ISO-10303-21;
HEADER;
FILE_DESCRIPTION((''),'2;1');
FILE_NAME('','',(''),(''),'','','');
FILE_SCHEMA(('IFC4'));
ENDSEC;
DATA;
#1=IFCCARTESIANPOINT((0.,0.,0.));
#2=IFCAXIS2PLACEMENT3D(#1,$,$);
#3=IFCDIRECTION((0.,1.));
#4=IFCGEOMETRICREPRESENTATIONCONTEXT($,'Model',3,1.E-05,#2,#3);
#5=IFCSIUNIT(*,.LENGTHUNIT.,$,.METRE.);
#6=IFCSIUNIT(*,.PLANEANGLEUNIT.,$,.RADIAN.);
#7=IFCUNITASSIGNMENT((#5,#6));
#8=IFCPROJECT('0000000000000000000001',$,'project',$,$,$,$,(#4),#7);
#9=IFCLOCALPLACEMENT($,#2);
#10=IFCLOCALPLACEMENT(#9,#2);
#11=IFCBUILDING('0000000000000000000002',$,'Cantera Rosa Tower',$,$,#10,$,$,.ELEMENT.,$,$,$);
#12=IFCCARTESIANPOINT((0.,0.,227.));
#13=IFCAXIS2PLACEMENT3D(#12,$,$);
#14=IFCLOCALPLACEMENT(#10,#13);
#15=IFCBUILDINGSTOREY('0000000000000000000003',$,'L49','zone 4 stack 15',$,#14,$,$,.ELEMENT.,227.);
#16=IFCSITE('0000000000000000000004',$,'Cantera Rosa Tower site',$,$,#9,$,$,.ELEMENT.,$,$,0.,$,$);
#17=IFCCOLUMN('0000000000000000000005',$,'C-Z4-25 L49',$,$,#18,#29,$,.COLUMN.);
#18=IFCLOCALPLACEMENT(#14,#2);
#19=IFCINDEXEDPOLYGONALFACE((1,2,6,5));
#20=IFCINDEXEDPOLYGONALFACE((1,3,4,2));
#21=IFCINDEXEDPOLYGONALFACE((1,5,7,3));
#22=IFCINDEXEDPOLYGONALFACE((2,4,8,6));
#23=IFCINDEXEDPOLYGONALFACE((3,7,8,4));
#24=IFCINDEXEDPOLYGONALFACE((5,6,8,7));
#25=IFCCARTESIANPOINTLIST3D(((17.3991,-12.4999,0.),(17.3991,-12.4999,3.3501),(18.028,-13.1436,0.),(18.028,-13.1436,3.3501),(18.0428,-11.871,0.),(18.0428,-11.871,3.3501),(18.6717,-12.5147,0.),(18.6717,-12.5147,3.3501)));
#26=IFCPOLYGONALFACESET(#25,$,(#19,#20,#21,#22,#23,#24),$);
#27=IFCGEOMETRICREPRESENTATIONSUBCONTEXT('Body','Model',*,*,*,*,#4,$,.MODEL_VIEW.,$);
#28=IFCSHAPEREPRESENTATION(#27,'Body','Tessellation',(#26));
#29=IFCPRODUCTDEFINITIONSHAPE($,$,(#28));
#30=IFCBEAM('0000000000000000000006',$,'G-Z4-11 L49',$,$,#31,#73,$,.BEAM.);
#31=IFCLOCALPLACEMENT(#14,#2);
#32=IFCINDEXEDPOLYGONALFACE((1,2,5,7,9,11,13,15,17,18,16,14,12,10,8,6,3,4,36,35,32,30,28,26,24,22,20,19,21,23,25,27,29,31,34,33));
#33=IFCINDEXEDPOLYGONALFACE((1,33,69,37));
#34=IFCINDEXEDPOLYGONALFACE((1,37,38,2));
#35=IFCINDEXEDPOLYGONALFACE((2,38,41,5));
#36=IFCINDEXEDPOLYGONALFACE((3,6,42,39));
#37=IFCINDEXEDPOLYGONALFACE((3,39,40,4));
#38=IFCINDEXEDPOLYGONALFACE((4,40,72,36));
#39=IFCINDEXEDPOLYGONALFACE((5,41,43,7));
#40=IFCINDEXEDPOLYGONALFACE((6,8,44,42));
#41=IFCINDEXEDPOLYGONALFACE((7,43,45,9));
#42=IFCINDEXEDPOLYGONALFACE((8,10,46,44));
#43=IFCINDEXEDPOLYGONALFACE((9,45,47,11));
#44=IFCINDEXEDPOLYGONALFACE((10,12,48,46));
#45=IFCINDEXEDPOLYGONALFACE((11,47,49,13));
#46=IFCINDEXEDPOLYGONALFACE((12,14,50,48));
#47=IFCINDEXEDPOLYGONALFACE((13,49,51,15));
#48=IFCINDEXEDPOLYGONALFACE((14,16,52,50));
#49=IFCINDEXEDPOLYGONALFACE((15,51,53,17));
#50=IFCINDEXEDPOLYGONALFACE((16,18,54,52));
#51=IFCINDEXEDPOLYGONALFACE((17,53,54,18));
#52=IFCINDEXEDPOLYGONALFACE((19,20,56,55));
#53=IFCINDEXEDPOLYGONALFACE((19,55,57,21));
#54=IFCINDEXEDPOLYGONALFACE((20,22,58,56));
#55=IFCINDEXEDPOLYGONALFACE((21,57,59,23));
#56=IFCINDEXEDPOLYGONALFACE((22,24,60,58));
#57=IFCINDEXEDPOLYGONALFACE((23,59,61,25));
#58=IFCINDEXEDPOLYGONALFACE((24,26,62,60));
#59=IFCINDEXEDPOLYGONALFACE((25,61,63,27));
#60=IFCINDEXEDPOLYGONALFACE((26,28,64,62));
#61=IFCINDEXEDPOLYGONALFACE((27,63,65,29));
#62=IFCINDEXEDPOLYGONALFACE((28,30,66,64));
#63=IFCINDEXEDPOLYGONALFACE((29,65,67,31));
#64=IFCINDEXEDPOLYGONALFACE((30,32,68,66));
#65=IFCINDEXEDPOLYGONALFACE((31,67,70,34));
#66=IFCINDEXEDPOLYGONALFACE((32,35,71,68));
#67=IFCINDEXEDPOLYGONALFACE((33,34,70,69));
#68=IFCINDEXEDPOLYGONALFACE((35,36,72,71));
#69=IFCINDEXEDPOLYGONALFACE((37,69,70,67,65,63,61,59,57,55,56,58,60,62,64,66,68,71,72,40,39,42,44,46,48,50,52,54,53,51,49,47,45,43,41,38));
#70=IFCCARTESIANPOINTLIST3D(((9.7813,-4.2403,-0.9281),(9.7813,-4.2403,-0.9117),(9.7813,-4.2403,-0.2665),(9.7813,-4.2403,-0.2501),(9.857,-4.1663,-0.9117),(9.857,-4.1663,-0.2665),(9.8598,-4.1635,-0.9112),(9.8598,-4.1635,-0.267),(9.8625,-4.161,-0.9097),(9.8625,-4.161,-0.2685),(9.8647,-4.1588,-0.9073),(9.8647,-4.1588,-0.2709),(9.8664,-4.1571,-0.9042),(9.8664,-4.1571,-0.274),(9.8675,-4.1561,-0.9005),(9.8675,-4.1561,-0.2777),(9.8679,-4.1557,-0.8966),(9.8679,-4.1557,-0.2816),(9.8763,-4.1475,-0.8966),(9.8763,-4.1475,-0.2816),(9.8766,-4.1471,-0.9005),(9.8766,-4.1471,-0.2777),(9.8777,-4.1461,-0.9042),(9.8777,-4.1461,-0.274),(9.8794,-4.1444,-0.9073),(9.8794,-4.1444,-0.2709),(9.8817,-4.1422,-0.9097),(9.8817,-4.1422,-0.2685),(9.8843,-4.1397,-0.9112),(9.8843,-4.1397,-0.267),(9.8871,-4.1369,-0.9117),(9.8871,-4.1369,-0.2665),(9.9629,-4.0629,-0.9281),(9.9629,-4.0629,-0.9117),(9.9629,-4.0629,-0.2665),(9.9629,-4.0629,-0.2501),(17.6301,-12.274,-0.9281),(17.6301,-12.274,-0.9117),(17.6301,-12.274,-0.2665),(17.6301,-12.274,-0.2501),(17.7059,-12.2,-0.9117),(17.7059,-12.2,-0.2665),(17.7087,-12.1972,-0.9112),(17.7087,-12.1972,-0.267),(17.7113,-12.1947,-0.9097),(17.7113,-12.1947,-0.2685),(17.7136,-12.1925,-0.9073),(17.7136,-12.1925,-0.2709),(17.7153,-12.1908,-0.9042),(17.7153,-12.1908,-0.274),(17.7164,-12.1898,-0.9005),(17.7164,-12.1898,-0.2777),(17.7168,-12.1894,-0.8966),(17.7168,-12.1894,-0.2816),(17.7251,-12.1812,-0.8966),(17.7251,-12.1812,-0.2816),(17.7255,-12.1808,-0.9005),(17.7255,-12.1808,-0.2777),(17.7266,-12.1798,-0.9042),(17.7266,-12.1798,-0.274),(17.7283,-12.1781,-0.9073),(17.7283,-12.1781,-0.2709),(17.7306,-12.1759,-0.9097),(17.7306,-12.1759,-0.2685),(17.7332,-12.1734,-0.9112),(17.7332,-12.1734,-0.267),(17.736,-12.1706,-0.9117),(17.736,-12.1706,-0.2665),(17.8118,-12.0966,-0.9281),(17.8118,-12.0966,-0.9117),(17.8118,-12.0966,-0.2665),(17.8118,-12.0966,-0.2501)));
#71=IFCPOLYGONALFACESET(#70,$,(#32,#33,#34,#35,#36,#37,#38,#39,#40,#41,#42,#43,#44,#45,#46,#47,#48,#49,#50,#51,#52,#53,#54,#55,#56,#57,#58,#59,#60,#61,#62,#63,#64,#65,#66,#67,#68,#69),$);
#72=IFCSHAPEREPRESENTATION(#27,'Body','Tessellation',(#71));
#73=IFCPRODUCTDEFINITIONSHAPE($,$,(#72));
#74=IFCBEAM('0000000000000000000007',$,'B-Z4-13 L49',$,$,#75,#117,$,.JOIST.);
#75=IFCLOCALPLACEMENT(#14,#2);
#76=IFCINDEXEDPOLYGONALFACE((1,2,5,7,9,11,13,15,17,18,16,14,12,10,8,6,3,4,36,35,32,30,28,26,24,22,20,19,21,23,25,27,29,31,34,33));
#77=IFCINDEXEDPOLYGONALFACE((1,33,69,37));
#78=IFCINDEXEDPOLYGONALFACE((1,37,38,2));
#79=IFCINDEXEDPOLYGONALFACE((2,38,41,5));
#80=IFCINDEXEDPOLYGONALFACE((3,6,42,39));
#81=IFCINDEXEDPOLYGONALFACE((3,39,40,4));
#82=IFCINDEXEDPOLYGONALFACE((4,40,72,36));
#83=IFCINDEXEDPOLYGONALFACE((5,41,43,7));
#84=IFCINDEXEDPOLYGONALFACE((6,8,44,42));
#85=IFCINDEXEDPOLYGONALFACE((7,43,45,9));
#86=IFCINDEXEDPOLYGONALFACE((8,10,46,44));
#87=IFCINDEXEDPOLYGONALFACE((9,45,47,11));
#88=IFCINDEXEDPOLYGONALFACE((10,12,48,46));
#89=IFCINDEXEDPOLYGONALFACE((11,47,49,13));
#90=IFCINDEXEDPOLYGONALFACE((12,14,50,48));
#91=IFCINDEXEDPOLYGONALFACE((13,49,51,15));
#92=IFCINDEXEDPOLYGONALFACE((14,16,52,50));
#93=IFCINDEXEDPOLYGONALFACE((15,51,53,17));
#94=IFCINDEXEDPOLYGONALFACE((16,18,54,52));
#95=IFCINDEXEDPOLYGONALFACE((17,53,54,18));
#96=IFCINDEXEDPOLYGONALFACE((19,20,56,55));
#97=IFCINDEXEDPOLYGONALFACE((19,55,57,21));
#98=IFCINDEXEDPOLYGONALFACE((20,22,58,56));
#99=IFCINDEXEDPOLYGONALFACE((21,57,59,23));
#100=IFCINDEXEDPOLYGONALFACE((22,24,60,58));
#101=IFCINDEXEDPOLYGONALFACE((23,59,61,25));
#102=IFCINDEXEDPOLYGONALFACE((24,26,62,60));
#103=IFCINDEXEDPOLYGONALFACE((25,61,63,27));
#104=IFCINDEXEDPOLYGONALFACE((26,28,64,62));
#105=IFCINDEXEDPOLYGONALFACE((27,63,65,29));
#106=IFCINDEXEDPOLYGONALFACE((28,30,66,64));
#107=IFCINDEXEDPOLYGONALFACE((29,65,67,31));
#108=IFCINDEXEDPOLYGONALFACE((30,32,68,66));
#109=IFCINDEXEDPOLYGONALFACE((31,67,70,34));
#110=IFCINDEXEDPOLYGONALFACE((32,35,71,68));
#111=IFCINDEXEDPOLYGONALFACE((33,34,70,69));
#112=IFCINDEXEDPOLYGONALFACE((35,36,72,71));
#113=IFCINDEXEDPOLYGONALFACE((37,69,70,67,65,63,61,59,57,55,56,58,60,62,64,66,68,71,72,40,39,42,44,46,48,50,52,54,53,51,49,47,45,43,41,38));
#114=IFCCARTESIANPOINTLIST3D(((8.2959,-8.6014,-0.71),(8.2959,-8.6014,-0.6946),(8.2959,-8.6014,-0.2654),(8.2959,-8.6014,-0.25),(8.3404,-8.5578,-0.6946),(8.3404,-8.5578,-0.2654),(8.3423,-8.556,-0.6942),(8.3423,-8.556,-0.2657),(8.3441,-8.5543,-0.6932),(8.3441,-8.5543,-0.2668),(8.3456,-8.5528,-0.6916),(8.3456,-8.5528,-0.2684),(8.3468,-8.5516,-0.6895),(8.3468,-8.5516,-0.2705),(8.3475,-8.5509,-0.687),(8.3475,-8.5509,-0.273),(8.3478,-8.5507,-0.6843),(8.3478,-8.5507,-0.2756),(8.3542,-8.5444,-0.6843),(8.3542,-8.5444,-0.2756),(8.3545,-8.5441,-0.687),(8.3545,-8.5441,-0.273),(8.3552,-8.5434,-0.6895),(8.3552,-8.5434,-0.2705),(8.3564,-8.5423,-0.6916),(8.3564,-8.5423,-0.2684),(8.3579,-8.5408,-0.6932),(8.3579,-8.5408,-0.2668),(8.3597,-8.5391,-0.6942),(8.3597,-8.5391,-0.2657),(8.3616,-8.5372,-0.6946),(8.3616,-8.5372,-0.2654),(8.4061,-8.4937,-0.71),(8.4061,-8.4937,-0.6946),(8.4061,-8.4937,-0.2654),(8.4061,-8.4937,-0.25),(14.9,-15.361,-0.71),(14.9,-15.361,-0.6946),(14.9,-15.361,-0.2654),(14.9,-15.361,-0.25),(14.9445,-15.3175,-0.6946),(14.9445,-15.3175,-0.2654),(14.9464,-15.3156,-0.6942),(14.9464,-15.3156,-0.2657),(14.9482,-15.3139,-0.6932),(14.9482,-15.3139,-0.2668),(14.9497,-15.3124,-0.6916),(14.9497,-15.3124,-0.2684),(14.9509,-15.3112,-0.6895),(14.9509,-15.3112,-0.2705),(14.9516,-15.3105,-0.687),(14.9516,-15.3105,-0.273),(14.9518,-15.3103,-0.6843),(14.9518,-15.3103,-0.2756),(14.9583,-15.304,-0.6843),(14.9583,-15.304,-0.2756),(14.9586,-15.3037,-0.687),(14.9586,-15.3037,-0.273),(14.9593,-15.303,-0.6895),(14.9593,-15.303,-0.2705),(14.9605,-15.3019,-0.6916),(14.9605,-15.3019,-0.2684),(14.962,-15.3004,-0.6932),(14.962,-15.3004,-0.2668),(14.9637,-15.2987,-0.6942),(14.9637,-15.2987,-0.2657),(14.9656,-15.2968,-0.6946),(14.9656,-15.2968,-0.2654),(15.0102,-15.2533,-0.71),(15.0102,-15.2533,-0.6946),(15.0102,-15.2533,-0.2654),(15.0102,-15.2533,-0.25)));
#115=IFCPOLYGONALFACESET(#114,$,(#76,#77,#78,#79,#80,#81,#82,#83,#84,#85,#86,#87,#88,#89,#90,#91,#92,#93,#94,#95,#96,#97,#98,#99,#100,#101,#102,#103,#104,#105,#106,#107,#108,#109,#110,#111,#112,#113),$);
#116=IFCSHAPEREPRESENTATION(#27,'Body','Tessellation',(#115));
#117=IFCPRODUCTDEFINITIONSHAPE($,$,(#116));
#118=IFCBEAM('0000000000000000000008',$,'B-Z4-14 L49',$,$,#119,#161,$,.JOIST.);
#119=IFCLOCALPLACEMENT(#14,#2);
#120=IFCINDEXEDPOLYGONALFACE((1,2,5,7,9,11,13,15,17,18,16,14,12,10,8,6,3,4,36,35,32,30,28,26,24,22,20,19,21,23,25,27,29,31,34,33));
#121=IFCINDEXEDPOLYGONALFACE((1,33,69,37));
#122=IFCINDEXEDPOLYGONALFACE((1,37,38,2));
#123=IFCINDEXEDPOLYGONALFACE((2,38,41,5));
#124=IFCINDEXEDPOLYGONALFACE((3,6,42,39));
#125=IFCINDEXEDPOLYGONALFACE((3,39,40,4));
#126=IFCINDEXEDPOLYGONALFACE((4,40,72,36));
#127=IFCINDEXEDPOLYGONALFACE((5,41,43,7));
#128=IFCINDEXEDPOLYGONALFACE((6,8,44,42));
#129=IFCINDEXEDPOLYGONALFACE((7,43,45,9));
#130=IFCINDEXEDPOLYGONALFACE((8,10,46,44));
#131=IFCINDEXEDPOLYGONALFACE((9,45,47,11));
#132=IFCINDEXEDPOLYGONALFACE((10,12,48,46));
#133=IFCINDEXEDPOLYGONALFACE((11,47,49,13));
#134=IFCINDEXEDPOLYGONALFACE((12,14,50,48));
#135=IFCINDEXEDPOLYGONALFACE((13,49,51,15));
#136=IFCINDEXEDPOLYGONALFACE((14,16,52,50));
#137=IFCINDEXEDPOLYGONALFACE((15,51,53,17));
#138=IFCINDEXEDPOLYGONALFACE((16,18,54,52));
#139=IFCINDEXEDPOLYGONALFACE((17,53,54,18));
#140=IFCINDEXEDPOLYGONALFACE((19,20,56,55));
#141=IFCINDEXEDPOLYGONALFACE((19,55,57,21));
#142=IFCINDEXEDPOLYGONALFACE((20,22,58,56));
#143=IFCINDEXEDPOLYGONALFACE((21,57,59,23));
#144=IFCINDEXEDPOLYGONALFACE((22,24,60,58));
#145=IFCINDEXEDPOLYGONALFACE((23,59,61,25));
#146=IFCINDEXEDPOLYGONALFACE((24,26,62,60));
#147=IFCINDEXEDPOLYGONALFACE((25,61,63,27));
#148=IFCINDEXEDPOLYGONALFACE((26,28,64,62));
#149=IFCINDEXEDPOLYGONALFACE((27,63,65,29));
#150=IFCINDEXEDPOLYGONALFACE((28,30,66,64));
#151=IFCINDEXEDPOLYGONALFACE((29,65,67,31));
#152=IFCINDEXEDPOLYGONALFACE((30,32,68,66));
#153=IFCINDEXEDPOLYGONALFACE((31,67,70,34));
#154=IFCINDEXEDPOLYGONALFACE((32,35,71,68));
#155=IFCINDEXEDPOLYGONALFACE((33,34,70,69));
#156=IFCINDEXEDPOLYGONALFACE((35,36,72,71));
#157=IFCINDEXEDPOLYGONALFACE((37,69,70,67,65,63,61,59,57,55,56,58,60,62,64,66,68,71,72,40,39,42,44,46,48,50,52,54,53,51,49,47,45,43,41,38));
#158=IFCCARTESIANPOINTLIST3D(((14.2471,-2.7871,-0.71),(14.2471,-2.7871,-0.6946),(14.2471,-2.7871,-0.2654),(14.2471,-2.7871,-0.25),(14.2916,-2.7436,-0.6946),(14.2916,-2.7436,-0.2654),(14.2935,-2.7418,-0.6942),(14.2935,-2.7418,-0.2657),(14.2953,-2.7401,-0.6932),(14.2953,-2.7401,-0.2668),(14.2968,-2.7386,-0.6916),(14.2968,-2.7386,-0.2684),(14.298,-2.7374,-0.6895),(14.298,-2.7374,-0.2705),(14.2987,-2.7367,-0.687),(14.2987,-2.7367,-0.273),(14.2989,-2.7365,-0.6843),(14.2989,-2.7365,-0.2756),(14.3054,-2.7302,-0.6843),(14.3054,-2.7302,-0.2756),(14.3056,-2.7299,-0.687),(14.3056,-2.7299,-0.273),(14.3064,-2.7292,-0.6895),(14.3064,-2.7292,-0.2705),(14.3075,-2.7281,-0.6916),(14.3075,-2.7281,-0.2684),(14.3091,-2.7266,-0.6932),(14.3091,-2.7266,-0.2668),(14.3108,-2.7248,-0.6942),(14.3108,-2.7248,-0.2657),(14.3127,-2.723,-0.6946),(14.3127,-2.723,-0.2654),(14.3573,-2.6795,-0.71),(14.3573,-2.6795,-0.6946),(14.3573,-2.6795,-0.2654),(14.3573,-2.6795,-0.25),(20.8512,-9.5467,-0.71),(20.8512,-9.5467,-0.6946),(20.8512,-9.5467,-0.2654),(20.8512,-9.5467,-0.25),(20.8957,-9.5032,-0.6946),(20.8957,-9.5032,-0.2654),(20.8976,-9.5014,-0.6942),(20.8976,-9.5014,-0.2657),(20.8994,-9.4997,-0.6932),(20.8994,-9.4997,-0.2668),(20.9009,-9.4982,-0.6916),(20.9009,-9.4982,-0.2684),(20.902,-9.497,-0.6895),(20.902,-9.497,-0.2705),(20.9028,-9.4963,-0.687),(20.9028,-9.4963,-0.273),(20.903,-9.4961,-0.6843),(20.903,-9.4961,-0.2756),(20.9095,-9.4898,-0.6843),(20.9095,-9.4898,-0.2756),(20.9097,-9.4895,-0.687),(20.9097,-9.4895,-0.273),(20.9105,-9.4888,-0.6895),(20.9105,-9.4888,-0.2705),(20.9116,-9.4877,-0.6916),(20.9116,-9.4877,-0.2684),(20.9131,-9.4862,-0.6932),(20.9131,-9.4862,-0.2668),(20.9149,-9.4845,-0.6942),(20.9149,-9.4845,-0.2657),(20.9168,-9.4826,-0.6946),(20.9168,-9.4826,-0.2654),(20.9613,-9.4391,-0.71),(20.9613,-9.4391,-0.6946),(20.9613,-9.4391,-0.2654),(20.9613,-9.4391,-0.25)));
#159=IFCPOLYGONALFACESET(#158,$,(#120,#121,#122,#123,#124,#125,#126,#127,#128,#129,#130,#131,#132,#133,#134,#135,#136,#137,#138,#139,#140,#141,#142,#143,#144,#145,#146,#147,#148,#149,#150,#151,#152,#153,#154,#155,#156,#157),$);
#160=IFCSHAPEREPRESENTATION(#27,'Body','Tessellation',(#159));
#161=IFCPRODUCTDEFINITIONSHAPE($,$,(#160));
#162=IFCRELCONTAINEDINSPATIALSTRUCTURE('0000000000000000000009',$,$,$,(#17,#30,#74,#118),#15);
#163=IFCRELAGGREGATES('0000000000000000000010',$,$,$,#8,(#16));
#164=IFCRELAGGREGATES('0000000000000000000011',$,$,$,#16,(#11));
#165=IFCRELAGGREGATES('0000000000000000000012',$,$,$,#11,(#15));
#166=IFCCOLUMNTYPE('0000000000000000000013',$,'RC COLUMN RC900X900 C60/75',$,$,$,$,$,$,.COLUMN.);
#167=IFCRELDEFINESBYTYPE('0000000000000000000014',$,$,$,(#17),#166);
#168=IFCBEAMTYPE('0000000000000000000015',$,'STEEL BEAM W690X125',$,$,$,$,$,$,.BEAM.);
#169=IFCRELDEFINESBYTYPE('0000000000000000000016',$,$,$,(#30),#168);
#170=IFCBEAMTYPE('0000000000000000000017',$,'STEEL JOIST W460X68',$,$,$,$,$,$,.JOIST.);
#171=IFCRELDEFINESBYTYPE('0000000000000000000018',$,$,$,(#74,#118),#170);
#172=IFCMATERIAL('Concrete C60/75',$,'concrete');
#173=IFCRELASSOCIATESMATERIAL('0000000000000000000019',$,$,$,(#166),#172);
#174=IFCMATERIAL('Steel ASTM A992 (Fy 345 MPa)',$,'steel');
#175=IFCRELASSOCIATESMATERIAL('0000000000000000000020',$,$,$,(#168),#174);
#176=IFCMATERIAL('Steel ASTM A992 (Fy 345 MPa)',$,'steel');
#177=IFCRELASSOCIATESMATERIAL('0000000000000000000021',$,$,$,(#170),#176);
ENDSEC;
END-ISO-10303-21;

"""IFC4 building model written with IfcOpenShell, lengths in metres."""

from ifc_helpers import new_model, si_unit, direction, frame, origin, origin_2d, place, context, subcontext, project, spatial, rectangle, i_section, extrude, material, material_profile, profile_set, type_object, element, save


model = new_model("IFC4")

# Units and contexts
model_context = context("Model", 3, precision=1e-05, world=origin(), true_north=direction((0.0, 1.0)))
body_context = subcontext(model_context, "Body", "Model", "MODEL_VIEW")
ifc_project = project(units=[si_unit("LENGTHUNIT", "METRE"), si_unit("PLANEANGLEUNIT", "RADIAN")], contexts=[model_context])

# Site, building, storey
site_placement = place(None, origin())
site = spatial("IfcSite", under=ifc_project, at=site_placement, Name="Cantera Rosa Tower site", CompositionType="ELEMENT", RefElevation=0.0)
building_placement = place(site_placement, origin())
building = spatial("IfcBuilding", under=site, at=building_placement, Name="Cantera Rosa Tower", CompositionType="ELEMENT")
storey_placement = place(building_placement, frame((0.0, 0.0, 227.0)))
storey = spatial("IfcBuildingStorey", under=building, at=storey_placement, Name="L49", Description="zone 4 stack 15", CompositionType="ELEMENT", Elevation=227.0)

# Column
ifc_material_1 = material(Name="Concrete C60/75", Category="concrete")
ifc_material_profile_1 = material_profile(ifc_material_1, rectangle(XDim=0.8999, YDim=0.8999, at=origin_2d()), Name="RC COLUMN RC900X900 C60/75")
ifc_profile_set_1 = profile_set([ifc_material_profile_1], Name="Concrete C60/75")
column_type = type_object("IfcColumnType", Name="RC COLUMN RC900X900 C60/75", PredefinedType="COLUMN", material=ifc_profile_set_1)
column_placement = place(storey_placement, frame((18.0354, -12.5073, 0.0), z_axis=(0.0, 0.0, 1.0), x_axis=(0.715286, 0.698832, 0.0)))
element("IfcColumn", 1, at=column_placement, inside=storey, type_object=column_type, Name="C-Z4-25 L49", PredefinedType="COLUMN", context=body_context, shape_type="SweptSolid", body=[
    extrude(rectangle(XDim=0.8999, YDim=0.8999, at=origin_2d()), origin(), (0.0, 0.0, 1.0), 3.3501),
])

# Beams
ifc_material_2 = material(Name="Steel ASTM A992 (Fy 345 MPa)", Category="steel")
ifc_material_profile_2 = material_profile(ifc_material_2, i_section(OverallWidth=0.2539, OverallDepth=0.678, WebThickness=0.0117, FlangeThickness=0.0164, FilletRadius=0.0151, at=origin_2d()), Name="W690X125")
ifc_profile_set_2 = profile_set([ifc_material_profile_2], Name="Steel ASTM A992 (Fy 345 MPa)")
beam_type_1 = type_object("IfcBeamType", Name="STEEL BEAM W690X125", PredefinedType="BEAM", material=ifc_profile_set_2)
beam_placement = place(storey_placement, frame((17.7209, -12.1853, -0.5891), z_axis=(-0.698831, 0.715286, 0.0), x_axis=(-0.715286, -0.698831, 0.0)))
element("IfcBeam", 2, at=beam_placement, inside=storey, type_object=beam_type_1, Name="G-Z4-11 L49", PredefinedType="BEAM", context=body_context, shape_type="SweptSolid", body=[
    extrude(i_section(OverallWidth=0.2539, OverallDepth=0.678, WebThickness=0.0117, FlangeThickness=0.0164, FilletRadius=0.0151, at=origin_2d()), origin(), (0.0, 0.0, 1.0), 11.2314),
])
ifc_material_3 = material(Name="Steel ASTM A992 (Fy 345 MPa)", Category="steel")
ifc_material_profile_3 = material_profile(ifc_material_3, i_section(OverallWidth=0.1541, OverallDepth=0.46, WebThickness=0.009, FlangeThickness=0.0154, FilletRadius=0.0103, at=origin_2d()), Name="W460X68")
ifc_profile_set_3 = profile_set([ifc_material_profile_3], Name="Steel ASTM A992 (Fy 345 MPa)")
beam_type_2 = type_object("IfcBeamType", Name="STEEL JOIST W460X68", PredefinedType="JOIST", material=ifc_profile_set_3)
for number, where, z_axis, x_axis, name in (
    (3, (14.9551, -15.3071, -0.48), (-0.698831, 0.715287, 0.0), (-0.715287, -0.698831, 0.0), "B-Z4-13 L49"),
    (4, (20.9062, -9.4929, -0.48), (-0.698831, 0.715287, 0.0), (-0.715287, -0.698831, 0.0), "B-Z4-14 L49"),
):
    element("IfcBeam", number, at=place(storey_placement, frame(where, z_axis=z_axis, x_axis=x_axis)), inside=storey, type_object=beam_type_2, Name=name, PredefinedType="JOIST", context=body_context, shape_type="SweptSolid", body=[
        extrude(i_section(OverallWidth=0.1541, OverallDepth=0.46, WebThickness=0.009, FlangeThickness=0.0154, FilletRadius=0.0103, at=origin_2d()), origin(), (0.0, 0.0, 1.0), 9.4502),
    ])

save(model, "model.ifc")
